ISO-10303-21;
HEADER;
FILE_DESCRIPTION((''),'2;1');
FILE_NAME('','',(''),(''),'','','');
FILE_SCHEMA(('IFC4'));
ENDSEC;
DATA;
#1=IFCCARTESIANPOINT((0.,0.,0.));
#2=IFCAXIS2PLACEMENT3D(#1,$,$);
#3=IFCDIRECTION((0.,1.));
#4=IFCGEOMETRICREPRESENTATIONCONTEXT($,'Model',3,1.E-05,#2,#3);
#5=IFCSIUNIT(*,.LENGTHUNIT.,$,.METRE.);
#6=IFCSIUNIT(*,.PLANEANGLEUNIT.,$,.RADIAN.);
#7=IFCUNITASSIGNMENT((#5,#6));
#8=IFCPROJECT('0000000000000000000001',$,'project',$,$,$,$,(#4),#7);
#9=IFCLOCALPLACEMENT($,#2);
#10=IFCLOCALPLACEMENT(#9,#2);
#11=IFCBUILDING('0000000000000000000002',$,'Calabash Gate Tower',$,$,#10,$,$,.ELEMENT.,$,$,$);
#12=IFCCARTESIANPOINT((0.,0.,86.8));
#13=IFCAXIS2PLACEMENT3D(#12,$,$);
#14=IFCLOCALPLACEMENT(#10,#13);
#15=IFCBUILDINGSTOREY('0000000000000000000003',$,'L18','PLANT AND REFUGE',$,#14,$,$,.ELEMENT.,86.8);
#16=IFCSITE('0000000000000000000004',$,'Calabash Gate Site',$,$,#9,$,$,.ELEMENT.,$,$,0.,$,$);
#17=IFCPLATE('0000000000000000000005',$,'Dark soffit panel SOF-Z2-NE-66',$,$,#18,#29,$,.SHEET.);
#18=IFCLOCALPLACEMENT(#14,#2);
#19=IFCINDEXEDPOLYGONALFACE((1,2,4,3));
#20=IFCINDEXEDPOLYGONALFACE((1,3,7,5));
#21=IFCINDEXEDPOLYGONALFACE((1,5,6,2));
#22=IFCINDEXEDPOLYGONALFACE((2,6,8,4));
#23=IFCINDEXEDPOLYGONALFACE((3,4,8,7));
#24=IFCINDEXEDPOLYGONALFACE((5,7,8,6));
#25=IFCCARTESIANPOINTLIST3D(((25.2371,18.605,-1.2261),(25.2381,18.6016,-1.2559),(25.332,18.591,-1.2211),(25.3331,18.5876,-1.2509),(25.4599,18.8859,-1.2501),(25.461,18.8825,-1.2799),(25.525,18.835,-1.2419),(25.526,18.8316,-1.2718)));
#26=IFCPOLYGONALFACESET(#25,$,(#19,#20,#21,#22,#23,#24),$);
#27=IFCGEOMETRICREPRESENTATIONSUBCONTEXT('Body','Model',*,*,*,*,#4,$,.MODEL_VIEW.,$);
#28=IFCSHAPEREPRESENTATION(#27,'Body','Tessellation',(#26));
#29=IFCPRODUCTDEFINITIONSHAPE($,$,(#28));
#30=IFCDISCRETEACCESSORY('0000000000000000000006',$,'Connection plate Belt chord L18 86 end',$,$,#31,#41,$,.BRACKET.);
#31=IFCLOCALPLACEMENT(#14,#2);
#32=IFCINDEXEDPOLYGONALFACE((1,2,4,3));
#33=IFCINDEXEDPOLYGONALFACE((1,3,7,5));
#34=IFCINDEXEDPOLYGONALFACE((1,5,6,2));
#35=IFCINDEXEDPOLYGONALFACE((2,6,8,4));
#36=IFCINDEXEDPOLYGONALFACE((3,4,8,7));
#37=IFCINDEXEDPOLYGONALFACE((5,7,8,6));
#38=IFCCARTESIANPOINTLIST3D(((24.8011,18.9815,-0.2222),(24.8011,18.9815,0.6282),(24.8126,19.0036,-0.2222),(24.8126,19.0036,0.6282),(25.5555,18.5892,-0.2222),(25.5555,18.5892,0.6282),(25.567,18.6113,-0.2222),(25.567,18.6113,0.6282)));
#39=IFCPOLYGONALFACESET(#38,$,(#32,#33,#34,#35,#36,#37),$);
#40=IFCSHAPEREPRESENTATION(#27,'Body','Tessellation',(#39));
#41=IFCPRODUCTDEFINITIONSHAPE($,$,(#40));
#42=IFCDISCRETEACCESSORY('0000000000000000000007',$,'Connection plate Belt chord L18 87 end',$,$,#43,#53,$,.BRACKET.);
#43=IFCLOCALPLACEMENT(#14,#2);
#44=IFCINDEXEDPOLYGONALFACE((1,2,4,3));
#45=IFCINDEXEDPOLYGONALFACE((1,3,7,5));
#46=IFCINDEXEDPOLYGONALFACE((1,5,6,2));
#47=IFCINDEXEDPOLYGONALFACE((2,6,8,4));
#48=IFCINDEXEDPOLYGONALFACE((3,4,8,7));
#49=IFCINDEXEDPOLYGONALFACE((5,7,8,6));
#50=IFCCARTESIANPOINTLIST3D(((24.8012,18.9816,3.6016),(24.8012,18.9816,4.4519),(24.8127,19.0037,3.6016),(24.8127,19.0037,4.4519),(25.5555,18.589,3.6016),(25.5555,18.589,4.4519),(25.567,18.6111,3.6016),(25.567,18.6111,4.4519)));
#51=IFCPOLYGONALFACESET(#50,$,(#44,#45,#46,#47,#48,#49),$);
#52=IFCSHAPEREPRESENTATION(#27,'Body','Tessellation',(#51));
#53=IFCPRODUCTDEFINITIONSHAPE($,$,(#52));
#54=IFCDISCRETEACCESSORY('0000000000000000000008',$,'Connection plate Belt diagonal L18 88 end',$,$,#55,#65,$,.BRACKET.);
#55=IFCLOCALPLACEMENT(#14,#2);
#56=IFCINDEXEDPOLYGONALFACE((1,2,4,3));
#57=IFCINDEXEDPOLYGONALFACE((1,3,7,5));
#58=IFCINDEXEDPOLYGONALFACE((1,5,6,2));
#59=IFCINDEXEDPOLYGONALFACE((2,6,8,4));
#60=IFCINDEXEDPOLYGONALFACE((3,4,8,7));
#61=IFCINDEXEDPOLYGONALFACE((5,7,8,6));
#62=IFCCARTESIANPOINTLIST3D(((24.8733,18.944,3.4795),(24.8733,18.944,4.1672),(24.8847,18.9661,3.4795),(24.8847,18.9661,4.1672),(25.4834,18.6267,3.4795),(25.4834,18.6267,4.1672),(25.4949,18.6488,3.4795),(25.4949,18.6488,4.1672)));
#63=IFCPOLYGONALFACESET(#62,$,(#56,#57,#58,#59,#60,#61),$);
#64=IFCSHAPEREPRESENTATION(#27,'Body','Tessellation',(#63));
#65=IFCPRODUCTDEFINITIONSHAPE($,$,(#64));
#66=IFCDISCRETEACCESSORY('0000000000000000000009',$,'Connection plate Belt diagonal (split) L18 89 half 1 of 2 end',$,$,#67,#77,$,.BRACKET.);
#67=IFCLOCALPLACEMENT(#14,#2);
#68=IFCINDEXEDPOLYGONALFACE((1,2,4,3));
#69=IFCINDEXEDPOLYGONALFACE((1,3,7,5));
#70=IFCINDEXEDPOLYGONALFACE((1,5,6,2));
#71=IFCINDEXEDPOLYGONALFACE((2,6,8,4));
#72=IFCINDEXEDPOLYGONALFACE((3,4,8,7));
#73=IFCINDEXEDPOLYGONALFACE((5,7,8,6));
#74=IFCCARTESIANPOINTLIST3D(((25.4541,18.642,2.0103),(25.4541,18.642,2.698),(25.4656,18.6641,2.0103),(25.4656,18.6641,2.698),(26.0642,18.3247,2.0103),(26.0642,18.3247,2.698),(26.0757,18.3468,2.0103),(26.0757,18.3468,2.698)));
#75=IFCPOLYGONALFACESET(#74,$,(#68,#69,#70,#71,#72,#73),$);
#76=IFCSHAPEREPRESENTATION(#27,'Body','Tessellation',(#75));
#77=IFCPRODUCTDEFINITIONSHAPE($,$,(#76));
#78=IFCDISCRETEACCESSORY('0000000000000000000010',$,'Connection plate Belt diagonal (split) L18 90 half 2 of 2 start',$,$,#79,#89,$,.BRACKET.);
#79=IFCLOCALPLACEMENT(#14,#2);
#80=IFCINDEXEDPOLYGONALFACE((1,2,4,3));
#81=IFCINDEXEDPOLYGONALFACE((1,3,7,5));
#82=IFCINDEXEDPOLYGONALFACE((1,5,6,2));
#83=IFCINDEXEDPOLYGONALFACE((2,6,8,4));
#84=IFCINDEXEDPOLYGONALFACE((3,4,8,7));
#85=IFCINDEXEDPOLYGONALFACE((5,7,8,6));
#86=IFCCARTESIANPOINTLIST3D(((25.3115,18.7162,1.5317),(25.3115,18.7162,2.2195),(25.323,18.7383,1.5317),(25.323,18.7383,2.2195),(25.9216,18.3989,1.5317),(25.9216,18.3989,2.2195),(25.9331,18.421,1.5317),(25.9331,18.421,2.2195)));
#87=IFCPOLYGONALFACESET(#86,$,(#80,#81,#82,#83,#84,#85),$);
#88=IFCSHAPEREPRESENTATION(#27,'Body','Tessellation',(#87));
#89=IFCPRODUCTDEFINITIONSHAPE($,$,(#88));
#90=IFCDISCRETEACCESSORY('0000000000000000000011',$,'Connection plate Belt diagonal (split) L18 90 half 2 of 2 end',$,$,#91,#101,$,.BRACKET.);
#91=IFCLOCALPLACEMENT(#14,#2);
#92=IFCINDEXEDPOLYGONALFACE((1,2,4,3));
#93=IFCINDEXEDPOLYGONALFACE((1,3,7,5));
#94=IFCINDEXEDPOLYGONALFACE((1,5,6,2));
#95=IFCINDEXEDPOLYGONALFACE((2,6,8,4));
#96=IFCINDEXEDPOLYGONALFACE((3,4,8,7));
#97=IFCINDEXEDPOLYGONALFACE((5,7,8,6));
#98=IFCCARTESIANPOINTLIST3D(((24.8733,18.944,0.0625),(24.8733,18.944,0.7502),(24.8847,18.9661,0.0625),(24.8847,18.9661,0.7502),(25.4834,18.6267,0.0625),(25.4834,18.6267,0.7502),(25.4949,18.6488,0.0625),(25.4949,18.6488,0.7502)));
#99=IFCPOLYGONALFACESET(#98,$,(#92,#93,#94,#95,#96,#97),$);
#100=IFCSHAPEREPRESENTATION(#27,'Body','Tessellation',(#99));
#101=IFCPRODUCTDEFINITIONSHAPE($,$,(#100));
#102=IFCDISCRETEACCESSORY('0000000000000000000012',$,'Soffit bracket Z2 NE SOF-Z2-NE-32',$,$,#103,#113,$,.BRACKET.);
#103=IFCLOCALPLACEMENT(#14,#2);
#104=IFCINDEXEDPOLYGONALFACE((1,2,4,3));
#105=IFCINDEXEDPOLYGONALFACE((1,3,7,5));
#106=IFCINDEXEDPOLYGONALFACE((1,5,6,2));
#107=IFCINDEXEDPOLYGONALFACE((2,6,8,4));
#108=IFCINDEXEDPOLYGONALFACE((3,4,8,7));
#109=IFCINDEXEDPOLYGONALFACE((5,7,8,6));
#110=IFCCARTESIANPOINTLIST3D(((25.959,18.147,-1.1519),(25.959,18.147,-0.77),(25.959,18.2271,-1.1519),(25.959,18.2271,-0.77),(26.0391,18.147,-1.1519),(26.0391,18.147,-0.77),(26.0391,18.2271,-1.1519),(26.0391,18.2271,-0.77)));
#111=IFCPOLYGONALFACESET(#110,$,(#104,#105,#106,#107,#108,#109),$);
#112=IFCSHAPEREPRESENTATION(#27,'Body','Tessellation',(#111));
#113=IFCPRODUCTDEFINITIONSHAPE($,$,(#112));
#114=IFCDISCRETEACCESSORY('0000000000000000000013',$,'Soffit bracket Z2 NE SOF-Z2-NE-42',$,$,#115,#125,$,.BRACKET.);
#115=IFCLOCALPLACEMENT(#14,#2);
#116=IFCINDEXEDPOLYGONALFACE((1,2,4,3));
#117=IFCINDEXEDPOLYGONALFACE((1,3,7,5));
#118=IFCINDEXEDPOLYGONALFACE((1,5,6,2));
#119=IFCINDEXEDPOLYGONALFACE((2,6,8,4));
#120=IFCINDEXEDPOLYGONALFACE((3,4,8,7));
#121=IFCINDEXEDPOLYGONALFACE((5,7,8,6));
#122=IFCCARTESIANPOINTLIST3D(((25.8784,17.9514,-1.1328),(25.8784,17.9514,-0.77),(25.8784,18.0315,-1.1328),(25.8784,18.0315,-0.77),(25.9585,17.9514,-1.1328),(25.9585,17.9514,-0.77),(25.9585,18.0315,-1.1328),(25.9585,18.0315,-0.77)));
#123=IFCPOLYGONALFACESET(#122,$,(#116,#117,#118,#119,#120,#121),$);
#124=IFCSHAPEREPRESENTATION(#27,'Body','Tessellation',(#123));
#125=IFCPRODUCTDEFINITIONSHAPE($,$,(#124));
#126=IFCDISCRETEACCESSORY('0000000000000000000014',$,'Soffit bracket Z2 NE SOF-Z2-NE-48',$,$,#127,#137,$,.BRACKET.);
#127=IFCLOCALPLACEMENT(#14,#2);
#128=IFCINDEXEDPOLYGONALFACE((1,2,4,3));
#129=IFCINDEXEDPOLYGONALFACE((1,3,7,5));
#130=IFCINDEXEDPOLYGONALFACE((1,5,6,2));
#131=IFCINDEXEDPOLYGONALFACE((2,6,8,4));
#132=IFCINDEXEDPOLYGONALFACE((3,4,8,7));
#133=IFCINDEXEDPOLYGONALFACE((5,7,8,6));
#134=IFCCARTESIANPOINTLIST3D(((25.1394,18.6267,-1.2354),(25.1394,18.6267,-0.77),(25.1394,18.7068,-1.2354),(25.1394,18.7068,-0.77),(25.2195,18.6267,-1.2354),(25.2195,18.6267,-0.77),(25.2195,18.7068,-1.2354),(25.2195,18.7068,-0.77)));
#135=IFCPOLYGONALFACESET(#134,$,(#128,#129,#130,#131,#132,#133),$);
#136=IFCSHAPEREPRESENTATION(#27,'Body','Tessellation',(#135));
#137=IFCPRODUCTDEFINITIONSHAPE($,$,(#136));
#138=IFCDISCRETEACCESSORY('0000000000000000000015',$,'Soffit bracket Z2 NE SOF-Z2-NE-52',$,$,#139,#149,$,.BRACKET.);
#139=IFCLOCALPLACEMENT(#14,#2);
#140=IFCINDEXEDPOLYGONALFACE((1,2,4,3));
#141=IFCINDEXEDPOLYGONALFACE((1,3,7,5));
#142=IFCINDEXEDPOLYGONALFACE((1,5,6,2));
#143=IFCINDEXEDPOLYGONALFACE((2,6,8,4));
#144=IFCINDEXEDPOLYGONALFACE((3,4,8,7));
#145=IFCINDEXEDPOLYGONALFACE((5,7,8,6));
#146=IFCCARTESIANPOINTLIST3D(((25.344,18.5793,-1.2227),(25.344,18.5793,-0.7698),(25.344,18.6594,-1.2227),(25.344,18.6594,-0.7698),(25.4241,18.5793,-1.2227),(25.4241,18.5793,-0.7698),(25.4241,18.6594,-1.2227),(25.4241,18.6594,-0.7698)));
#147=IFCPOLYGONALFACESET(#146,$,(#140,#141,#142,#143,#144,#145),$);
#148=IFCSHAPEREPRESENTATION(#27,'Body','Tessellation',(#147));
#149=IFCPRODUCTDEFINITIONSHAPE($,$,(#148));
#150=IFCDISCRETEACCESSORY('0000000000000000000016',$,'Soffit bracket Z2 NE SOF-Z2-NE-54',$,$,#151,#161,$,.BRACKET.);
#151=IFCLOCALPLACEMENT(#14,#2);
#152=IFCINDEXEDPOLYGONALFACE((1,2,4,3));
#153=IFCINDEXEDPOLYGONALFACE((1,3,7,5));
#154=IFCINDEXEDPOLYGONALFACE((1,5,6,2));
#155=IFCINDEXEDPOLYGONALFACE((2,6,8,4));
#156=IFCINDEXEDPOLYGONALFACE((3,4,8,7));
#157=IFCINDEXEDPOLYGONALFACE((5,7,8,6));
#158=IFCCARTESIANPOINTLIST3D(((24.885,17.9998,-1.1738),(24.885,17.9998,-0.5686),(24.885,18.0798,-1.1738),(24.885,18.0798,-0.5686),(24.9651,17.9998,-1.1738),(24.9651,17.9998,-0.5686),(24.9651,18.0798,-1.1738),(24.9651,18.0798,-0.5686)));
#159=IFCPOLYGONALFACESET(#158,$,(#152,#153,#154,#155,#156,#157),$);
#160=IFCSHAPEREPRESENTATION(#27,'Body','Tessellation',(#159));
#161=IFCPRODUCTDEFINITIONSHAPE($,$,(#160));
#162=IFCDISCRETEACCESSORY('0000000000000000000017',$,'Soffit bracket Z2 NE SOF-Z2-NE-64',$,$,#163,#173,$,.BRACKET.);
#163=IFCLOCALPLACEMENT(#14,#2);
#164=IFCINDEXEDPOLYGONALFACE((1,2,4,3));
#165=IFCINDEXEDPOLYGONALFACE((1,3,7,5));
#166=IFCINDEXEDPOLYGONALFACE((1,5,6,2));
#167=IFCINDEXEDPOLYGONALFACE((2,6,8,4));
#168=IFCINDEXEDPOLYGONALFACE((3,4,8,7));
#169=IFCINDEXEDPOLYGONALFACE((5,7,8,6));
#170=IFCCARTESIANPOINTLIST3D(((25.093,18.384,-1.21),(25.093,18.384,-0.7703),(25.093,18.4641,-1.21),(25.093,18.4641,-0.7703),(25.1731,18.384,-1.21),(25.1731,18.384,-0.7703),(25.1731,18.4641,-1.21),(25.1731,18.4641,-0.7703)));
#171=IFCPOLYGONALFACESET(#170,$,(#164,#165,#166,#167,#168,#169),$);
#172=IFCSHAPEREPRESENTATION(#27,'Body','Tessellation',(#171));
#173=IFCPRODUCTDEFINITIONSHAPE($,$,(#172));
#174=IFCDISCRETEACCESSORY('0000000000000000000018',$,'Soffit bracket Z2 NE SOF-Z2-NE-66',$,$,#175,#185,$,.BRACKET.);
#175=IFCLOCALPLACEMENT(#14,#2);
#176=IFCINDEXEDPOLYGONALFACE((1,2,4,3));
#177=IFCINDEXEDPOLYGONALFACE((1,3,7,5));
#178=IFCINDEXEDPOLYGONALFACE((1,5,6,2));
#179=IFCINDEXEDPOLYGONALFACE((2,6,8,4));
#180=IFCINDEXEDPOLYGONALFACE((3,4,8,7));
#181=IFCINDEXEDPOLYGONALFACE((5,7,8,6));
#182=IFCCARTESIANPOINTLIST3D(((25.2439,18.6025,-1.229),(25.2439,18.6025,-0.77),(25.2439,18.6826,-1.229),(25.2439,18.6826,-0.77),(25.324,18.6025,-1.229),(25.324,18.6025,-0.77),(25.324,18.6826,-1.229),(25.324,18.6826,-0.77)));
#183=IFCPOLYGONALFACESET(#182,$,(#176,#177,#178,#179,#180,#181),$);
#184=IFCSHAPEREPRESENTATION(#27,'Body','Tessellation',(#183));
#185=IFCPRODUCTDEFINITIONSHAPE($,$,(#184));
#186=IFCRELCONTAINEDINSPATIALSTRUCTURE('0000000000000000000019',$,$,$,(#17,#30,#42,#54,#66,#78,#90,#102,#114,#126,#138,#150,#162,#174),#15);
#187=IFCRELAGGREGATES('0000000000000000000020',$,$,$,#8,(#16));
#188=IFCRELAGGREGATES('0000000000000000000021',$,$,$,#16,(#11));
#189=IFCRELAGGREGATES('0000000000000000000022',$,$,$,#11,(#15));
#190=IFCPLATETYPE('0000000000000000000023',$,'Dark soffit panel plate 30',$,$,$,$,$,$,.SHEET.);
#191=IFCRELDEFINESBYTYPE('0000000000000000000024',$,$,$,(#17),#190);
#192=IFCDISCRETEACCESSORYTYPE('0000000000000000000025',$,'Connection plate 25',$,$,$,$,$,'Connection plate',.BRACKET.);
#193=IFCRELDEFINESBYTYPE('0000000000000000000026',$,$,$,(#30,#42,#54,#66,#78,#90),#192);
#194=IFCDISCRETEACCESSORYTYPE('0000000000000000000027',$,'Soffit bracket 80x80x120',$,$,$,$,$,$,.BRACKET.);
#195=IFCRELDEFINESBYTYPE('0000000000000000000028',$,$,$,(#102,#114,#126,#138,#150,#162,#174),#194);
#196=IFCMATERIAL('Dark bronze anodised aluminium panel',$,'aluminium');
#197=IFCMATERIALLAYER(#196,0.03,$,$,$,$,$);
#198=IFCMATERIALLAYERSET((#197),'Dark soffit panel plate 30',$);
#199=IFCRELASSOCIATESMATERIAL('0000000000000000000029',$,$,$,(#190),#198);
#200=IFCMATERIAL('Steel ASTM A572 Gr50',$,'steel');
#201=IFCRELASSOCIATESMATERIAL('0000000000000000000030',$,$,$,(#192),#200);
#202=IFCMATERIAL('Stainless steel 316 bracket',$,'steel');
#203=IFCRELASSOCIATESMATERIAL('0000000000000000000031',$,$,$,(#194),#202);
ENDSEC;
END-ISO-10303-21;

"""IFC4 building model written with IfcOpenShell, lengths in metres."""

from ifc_helpers import new_model, si_unit, direction, frame, origin, origin_2d, place, context, subcontext, project, spatial, polyline, rectangle, outline, extrude, material, layer, layer_set, type_object, element, save


model = new_model("IFC4")

# Units and contexts
model_context = context("Model", 3, precision=1e-05, world=origin(), true_north=direction((0.0, 1.0)))
body_context = subcontext(model_context, "Body", "Model", "MODEL_VIEW")
ifc_project = project(units=[si_unit("LENGTHUNIT", "METRE"), si_unit("PLANEANGLEUNIT", "RADIAN")], contexts=[model_context])

# Site, building, storey
site_placement = place(None, origin())
site = spatial("IfcSite", under=ifc_project, at=site_placement, Name="Calabash Gate Site", CompositionType="ELEMENT", RefElevation=0.0)
building_placement = place(site_placement, origin())
building = spatial("IfcBuilding", under=site, at=building_placement, Name="Calabash Gate Tower", CompositionType="ELEMENT")
storey_placement = place(building_placement, frame((0.0, 0.0, 86.8)))
storey = spatial("IfcBuildingStorey", under=building, at=storey_placement, Name="L18", Description="PLANT AND REFUGE", CompositionType="ELEMENT", Elevation=86.8)

# Plate
ifc_material_1 = material(Name="Dark bronze anodised aluminium panel", Category="aluminium")
ifc_layer_1 = layer(ifc_material_1, 0.03)
ifc_layer_set_1 = layer_set([ifc_layer_1], Name="Dark soffit panel plate 30")
plate_type_1 = type_object("IfcPlateType", Name="Dark soffit panel plate 30", PredefinedType="SHEET", material=ifc_layer_set_1)
plate_1_placement = place(storey_placement, frame((25.2371, 18.605, -1.2261), z_axis=(-0.035825, 0.113352, 0.992909), x_axis=(0.620085, 0.78168, -0.066864)))
element("IfcPlate", 1, at=plate_1_placement, inside=storey, type_object=plate_type_1, Name="Dark soffit panel SOF-Z2-NE-66", PredefinedType="SHEET", context=body_context, shape_type="SweptSolid", body=[
    extrude(outline(polyline([(0.0, 0.0), (0.3594, 0.0), (0.3594, -0.083), (0.0476, -0.0835), (0.0, 0.0)])), origin(), (0.0, 0.0, -1.0), 0.03),
])

# Discrete accessories
ifc_material_2 = material(Name="Steel ASTM A572 Gr50", Category="steel")
discrete_accessory_type_1 = type_object("IfcDiscreteAccessoryType", Name="Connection plate 25", ElementType="Connection plate", PredefinedType="BRACKET", material=ifc_material_2)
for number, where, z_axis, x_axis, name in (
    (2, (25.1841, 18.7964, -0.2222), (0.0, 0.0, 1.0), (-0.887186, 0.461412, 0.0), "Connection plate Belt chord L18 86 end"),
    (3, (25.1841, 18.7964, 3.6016), (0.0, 0.0, 1.0), (-0.88703, 0.461712, 0.0), "Connection plate Belt chord L18 87 end"),
):
    element("IfcDiscreteAccessory", number, at=place(storey_placement, frame(where, z_axis=z_axis, x_axis=x_axis)), inside=storey, type_object=discrete_accessory_type_1, Name=name, PredefinedType="BRACKET", context=body_context, shape_type="SweptSolid", body=[
        extrude(rectangle(XDim=0.8503, YDim=0.0249, at=origin_2d()), origin(), (0.0, 0.0, 1.0), 0.8503),
    ])
for number, where, z_axis, x_axis, name in (
    (4, (25.1841, 18.7964, 3.4795), (0.0, 0.0, 1.0), (-0.887186, 0.461412, 0.0), "Connection plate Belt diagonal L18 88 end"),
    (5, (25.7649, 18.4944, 2.0103), (0.0, 0.0, 1.0), (-0.887186, 0.461413, 0.0), "Connection plate Belt diagonal (split) L18 89 half 1 of 2 end"),
    (6, (25.6223, 18.5686, 1.5317), (0.0, 0.0, 1.0), (-0.887186, 0.461413, 0.0), "Connection plate Belt diagonal (split) L18 90 half 2 of 2 start"),
    (7, (25.1841, 18.7964, 0.0625), (0.0, 0.0, 1.0), (-0.887186, 0.461413, 0.0), "Connection plate Belt diagonal (split) L18 90 half 2 of 2 end"),
):
    element("IfcDiscreteAccessory", number, at=place(storey_placement, frame(where, z_axis=z_axis, x_axis=x_axis)), inside=storey, type_object=discrete_accessory_type_1, Name=name, PredefinedType="BRACKET", context=body_context, shape_type="SweptSolid", body=[
        extrude(rectangle(XDim=0.6877, YDim=0.0249, at=origin_2d()), origin(), (0.0, 0.0, 1.0), 0.6877),
    ])
ifc_material_3 = material(Name="Stainless steel 316 bracket", Category="steel")
discrete_accessory_type_2 = type_object("IfcDiscreteAccessoryType", Name="Soffit bracket 80x80x120", PredefinedType="BRACKET", material=ifc_material_3)
discrete_accessory_1_placement = place(storey_placement, frame((25.999, 18.187, -1.1519), z_axis=(0.0, 0.0, 1.0), x_axis=(1.0, 0.0, 0.0)))
element("IfcDiscreteAccessory", 8, at=discrete_accessory_1_placement, inside=storey, type_object=discrete_accessory_type_2, Name="Soffit bracket Z2 NE SOF-Z2-NE-32", PredefinedType="BRACKET", context=body_context, shape_type="SweptSolid", body=[
    extrude(rectangle(XDim=0.0801, YDim=0.0801, at=origin_2d()), origin(), (0.0, 0.0, 1.0), 0.3818),
])
discrete_accessory_2_placement = place(storey_placement, frame((25.9185, 17.9915, -1.1328), z_axis=(0.0, 0.0, 1.0), x_axis=(1.0, 0.0, 0.0)))
element("IfcDiscreteAccessory", 9, at=discrete_accessory_2_placement, inside=storey, type_object=discrete_accessory_type_2, Name="Soffit bracket Z2 NE SOF-Z2-NE-42", PredefinedType="BRACKET", context=body_context, shape_type="SweptSolid", body=[
    extrude(rectangle(XDim=0.0801, YDim=0.0801, at=origin_2d()), origin(), (0.0, 0.0, 1.0), 0.3628),
])
discrete_accessory_3_placement = place(storey_placement, frame((25.1794, 18.6667, -1.2354), z_axis=(0.0, 0.0, 1.0), x_axis=(1.0, 0.0, 0.0)))
element("IfcDiscreteAccessory", 10, at=discrete_accessory_3_placement, inside=storey, type_object=discrete_accessory_type_2, Name="Soffit bracket Z2 NE SOF-Z2-NE-48", PredefinedType="BRACKET", context=body_context, shape_type="SweptSolid", body=[
    extrude(rectangle(XDim=0.0801, YDim=0.0801, at=origin_2d()), origin(), (0.0, 0.0, 1.0), 0.4653),
])
discrete_accessory_4_placement = place(storey_placement, frame((25.384, 18.6194, -1.2227), z_axis=(0.0, 0.0, 1.0), x_axis=(1.0, 0.0, 0.0)))
element("IfcDiscreteAccessory", 11, at=discrete_accessory_4_placement, inside=storey, type_object=discrete_accessory_type_2, Name="Soffit bracket Z2 NE SOF-Z2-NE-52", PredefinedType="BRACKET", context=body_context, shape_type="SweptSolid", body=[
    extrude(rectangle(XDim=0.0801, YDim=0.0801, at=origin_2d()), origin(), (0.0, 0.0, 1.0), 0.4529),
])
discrete_accessory_5_placement = place(storey_placement, frame((24.925, 18.0398, -1.1738), z_axis=(0.0, 0.0, 1.0), x_axis=(1.0, 0.0, 0.0)))
element("IfcDiscreteAccessory", 12, at=discrete_accessory_5_placement, inside=storey, type_object=discrete_accessory_type_2, Name="Soffit bracket Z2 NE SOF-Z2-NE-54", PredefinedType="BRACKET", context=body_context, shape_type="SweptSolid", body=[
    extrude(rectangle(XDim=0.0801, YDim=0.0801, at=origin_2d()), origin(), (0.0, 0.0, 1.0), 0.6052),
])
discrete_accessory_6_placement = place(storey_placement, frame((25.1331, 18.4241, -1.21), z_axis=(0.0, 0.0, 1.0), x_axis=(1.0, 0.0, 0.0)))
element("IfcDiscreteAccessory", 13, at=discrete_accessory_6_placement, inside=storey, type_object=discrete_accessory_type_2, Name="Soffit bracket Z2 NE SOF-Z2-NE-64", PredefinedType="BRACKET", context=body_context, shape_type="SweptSolid", body=[
    extrude(rectangle(XDim=0.0801, YDim=0.0801, at=origin_2d()), origin(), (0.0, 0.0, 1.0), 0.4397),
])
discrete_accessory_7_placement = place(storey_placement, frame((25.2839, 18.6426, -1.229), z_axis=(0.0, 0.0, 1.0), x_axis=(1.0, 0.0, 0.0)))
element("IfcDiscreteAccessory", 14, at=discrete_accessory_7_placement, inside=storey, type_object=discrete_accessory_type_2, Name="Soffit bracket Z2 NE SOF-Z2-NE-66", PredefinedType="BRACKET", context=body_context, shape_type="SweptSolid", body=[
    extrude(rectangle(XDim=0.0801, YDim=0.0801, at=origin_2d()), origin(), (0.0, 0.0, 1.0), 0.459),
])

save(model, "model.ifc")
